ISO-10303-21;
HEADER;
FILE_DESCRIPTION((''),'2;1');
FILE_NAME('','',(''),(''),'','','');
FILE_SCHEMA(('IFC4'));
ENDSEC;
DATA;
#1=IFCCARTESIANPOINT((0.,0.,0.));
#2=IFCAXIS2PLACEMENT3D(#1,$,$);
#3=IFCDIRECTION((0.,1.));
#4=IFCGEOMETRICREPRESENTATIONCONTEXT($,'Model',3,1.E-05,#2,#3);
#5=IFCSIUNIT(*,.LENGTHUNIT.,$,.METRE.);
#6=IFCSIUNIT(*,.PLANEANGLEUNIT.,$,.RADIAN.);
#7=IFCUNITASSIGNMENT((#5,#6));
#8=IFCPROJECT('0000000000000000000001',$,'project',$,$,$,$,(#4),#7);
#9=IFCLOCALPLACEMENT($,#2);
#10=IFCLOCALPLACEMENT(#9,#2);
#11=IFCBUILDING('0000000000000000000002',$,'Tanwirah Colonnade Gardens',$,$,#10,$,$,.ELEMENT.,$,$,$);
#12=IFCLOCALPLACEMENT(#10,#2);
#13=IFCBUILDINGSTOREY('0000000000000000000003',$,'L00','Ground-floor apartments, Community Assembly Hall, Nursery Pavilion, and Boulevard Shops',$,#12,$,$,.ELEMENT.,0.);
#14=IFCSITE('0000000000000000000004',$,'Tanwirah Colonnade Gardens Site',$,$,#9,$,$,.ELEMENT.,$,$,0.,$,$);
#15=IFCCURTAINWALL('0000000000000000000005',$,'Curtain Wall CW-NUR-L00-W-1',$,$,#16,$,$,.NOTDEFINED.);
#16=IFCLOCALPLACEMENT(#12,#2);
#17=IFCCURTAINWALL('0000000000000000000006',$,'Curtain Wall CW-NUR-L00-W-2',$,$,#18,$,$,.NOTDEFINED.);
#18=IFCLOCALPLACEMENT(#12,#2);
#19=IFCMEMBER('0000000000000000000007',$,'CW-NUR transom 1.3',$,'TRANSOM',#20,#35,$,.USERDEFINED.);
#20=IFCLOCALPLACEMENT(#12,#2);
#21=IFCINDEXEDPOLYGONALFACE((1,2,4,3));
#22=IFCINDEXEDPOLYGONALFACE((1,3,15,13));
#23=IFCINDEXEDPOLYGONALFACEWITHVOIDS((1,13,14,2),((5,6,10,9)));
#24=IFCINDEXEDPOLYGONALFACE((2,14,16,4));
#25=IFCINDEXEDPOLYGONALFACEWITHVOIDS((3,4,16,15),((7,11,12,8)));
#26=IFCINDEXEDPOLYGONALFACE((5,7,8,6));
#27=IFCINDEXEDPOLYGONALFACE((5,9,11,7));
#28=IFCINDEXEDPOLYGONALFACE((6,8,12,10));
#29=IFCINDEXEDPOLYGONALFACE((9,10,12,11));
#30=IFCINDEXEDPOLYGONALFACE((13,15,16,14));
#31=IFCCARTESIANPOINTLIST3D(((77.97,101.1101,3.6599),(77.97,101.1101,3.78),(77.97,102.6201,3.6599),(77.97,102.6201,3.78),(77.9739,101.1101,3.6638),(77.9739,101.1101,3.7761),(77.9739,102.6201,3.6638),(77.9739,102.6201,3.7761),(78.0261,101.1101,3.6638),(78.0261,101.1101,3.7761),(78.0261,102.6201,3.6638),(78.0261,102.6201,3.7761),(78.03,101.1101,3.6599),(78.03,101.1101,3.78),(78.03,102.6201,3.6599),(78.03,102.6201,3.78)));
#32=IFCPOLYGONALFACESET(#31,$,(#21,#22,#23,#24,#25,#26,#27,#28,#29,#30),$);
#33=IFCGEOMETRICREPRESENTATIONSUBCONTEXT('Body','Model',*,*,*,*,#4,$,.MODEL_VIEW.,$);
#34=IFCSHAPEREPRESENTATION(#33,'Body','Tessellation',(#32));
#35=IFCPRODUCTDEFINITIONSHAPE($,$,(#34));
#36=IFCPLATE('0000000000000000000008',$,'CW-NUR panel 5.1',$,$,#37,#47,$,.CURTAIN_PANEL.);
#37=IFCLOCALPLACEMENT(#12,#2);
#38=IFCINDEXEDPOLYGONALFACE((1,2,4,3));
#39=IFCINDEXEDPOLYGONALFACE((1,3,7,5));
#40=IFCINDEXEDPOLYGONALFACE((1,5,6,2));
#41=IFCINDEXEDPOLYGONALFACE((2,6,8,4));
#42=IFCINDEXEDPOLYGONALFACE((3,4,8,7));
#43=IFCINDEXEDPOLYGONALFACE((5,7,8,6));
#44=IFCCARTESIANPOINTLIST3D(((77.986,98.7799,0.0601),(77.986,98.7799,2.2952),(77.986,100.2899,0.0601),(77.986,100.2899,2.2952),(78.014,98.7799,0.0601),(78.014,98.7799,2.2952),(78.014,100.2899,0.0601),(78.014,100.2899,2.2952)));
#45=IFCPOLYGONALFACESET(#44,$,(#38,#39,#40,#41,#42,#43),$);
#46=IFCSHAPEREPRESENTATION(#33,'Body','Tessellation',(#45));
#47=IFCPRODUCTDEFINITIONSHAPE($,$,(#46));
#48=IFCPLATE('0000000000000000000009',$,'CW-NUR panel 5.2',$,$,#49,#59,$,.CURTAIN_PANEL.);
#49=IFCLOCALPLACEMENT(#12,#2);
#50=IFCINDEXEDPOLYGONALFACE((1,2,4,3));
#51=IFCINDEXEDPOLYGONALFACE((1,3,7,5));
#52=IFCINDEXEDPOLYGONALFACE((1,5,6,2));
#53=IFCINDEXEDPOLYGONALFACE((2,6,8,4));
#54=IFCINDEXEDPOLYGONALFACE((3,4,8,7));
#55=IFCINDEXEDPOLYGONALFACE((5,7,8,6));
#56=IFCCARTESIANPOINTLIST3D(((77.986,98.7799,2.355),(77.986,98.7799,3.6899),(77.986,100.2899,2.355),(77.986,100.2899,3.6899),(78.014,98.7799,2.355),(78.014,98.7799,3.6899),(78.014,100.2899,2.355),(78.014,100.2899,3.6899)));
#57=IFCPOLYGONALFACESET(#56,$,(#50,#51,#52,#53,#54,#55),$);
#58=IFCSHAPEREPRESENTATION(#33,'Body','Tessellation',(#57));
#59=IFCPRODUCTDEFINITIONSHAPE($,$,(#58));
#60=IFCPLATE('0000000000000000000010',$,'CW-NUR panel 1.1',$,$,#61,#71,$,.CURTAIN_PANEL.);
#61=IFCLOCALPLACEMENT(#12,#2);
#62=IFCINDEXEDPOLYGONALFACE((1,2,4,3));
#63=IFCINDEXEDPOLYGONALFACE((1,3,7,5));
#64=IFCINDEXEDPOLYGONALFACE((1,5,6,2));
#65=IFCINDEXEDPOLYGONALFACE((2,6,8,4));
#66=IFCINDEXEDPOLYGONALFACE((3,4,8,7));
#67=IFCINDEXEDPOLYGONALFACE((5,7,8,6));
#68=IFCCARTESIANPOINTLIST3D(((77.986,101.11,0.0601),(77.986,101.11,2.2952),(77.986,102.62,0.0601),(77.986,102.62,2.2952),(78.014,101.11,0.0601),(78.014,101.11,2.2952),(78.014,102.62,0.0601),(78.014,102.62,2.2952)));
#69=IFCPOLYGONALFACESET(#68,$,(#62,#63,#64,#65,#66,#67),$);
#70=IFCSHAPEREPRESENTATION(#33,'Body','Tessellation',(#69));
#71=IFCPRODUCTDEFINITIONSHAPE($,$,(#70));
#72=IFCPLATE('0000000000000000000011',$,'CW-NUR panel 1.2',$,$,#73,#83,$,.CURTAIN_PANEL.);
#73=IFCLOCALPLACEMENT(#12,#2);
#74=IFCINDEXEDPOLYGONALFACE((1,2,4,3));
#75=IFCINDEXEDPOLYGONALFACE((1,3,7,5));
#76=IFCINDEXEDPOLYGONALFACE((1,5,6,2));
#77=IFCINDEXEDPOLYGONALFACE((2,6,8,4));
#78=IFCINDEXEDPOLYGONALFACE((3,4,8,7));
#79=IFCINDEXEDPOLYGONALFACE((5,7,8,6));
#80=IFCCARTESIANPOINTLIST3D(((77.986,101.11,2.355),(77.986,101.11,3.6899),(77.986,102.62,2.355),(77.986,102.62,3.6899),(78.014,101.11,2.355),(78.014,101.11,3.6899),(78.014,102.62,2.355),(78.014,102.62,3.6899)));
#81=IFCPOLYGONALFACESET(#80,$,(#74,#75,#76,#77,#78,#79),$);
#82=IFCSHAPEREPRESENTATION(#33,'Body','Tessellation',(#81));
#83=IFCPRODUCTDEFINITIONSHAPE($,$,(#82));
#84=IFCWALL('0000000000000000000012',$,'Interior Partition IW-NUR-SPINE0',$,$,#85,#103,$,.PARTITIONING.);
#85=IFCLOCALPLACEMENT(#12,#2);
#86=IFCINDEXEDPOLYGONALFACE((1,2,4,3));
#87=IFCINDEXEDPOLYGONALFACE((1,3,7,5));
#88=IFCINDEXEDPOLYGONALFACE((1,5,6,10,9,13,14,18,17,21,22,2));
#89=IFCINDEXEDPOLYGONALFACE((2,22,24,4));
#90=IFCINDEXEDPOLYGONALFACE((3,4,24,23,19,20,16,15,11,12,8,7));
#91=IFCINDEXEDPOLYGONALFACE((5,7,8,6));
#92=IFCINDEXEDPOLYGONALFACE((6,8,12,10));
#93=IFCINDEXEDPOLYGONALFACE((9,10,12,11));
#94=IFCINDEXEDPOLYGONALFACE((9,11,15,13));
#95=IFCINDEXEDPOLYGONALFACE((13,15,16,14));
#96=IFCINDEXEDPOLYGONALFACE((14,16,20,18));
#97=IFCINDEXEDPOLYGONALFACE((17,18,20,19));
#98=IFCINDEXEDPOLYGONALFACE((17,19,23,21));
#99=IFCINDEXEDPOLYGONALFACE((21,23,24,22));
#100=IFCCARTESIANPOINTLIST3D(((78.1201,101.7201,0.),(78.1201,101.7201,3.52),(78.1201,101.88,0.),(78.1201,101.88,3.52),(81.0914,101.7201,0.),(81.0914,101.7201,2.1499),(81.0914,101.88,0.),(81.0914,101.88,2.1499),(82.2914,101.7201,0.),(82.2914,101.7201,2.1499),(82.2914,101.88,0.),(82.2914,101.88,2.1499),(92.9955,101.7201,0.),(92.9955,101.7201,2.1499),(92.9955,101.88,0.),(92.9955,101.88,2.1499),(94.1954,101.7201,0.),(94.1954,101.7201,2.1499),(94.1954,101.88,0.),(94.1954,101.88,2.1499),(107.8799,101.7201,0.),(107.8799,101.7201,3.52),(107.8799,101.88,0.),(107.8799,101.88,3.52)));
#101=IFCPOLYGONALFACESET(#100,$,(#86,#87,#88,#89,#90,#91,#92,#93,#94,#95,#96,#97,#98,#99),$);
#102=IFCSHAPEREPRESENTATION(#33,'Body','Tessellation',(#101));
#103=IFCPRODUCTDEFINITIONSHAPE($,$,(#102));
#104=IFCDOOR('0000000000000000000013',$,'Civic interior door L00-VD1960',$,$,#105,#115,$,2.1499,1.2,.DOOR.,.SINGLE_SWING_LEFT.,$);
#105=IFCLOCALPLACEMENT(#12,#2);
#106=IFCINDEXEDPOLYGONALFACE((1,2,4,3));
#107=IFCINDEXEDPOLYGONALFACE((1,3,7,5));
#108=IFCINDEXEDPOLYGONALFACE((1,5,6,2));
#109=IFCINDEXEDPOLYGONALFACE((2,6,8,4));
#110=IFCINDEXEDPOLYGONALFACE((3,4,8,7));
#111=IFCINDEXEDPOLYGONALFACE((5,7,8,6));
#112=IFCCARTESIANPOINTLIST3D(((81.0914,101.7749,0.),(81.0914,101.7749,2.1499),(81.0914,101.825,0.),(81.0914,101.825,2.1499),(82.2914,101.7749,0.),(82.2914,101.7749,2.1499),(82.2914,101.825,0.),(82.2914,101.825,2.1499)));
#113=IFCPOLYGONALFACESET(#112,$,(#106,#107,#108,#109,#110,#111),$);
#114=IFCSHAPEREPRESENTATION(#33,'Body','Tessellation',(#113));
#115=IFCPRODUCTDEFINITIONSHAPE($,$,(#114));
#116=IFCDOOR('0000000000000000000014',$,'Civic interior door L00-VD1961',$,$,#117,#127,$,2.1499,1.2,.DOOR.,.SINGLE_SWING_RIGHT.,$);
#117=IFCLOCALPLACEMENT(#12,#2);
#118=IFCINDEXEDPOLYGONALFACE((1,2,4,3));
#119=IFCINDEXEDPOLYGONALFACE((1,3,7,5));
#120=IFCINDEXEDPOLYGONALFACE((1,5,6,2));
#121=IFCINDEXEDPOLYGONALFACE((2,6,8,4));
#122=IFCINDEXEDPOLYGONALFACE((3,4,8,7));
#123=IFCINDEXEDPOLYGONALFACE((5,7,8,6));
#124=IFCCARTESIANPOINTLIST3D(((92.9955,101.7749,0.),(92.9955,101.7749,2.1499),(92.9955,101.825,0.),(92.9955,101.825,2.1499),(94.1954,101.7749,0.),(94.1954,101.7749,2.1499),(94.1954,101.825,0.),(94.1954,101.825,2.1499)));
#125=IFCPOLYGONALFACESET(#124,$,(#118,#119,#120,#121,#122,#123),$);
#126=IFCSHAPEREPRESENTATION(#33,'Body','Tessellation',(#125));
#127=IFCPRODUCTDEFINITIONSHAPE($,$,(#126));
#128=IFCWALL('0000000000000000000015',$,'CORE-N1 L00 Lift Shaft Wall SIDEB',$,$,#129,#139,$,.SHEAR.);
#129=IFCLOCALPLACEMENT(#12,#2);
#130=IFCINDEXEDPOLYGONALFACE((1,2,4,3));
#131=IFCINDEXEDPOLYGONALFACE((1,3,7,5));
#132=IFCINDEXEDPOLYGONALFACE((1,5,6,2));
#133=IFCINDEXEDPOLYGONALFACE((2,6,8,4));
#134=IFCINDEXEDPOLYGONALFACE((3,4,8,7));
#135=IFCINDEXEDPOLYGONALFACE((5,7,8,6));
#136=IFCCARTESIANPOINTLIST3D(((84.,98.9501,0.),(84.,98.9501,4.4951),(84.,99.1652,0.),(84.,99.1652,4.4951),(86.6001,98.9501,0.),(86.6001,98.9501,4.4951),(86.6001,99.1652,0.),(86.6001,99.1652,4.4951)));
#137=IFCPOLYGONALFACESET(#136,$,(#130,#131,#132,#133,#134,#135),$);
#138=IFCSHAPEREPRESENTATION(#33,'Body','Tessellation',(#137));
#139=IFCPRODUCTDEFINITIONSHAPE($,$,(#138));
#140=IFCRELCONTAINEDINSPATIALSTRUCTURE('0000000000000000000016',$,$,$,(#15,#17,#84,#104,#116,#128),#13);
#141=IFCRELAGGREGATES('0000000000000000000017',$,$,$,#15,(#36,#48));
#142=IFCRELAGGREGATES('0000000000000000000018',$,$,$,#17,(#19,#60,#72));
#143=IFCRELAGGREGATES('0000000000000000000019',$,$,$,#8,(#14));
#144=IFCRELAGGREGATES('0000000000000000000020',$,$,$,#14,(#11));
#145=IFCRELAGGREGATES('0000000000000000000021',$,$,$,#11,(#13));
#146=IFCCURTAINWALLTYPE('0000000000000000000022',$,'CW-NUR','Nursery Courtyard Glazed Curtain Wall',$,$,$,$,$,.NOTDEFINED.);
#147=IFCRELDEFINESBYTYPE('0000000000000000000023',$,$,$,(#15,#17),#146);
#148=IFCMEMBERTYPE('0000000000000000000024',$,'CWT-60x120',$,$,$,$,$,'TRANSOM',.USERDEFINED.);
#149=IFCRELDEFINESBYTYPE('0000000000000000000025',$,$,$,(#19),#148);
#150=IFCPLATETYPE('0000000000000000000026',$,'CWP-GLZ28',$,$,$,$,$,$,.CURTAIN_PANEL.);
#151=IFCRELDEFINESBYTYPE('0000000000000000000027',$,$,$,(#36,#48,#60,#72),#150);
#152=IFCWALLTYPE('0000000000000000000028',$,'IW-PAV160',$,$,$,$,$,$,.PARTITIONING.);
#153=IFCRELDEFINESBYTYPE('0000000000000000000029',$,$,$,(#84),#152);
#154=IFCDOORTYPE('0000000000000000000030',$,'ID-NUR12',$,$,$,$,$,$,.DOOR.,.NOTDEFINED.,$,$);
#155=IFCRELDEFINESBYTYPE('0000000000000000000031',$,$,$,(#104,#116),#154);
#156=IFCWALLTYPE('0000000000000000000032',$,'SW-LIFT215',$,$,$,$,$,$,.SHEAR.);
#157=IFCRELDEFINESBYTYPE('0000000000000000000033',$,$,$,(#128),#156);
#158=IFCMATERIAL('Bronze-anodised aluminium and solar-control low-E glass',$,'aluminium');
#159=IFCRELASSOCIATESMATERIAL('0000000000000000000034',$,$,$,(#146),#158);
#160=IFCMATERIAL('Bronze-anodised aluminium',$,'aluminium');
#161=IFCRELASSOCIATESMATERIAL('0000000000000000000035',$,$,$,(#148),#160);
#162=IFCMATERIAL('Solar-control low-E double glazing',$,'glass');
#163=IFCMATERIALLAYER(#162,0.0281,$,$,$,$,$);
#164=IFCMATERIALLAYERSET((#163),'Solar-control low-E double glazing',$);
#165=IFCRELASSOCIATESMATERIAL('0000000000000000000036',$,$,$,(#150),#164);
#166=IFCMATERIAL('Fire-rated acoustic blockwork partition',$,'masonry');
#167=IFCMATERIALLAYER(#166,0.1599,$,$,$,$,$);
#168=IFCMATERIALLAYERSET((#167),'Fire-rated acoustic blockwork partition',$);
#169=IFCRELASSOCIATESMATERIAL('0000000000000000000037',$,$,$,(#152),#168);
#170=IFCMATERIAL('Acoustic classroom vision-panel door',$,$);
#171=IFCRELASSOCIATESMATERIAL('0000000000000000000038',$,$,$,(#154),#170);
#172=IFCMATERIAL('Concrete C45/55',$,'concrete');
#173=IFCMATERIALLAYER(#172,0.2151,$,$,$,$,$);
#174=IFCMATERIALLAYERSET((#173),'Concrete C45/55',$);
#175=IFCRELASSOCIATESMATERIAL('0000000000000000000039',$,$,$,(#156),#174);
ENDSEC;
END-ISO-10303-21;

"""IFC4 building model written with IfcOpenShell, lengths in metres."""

from ifc_helpers import new_model, si_unit, direction, frame, frame_2d, origin, origin_2d, place, context, subcontext, project, spatial, rectangle, hollow_rectangle, extrude, material, layer, layer_set, material_profile, profile_set, type_object, element, fill, aggregate, save


model = new_model("IFC4")

# Units and contexts
model_context = context("Model", 3, precision=1e-05, world=origin(), true_north=direction((0.0, 1.0)))
body_context = subcontext(model_context, "Body", "Model", "MODEL_VIEW")
ifc_project = project(units=[si_unit("LENGTHUNIT", "METRE"), si_unit("PLANEANGLEUNIT", "RADIAN")], contexts=[model_context])

# Site, building, storey
site_placement = place(None, origin())
site = spatial("IfcSite", under=ifc_project, at=site_placement, Name="Tanwirah Colonnade Gardens Site", CompositionType="ELEMENT", RefElevation=0.0)
building_placement = place(site_placement, origin())
building = spatial("IfcBuilding", under=site, at=building_placement, Name="Tanwirah Colonnade Gardens", CompositionType="ELEMENT")
storey_placement = place(building_placement, origin())
storey = spatial("IfcBuildingStorey", under=building, at=storey_placement, Name="L00", Description="Ground-floor apartments, Community Assembly Hall, Nursery Pavilion, and Boulevard Shops", CompositionType="ELEMENT", Elevation=0.0)

# Curtain wall
ifc_material_1 = material(Name="Bronze-anodised aluminium and solar-control low-E glass", Category="aluminium")
curtain_wall_type = type_object("IfcCurtainWallType", Name="CW-NUR", Description="Nursery Courtyard Glazed Curtain Wall", PredefinedType="NOTDEFINED", material=ifc_material_1)
curtain_wall_1_placement = place(storey_placement, origin())
curtain_wall_1 = element("IfcCurtainWall", 1, at=curtain_wall_1_placement, inside=storey, type_object=curtain_wall_type, Name="Curtain Wall CW-NUR-L00-W-1", PredefinedType="NOTDEFINED")
ifc_material_2 = material(Name="Bronze-anodised aluminium", Category="aluminium")

# Curtain wall
curtain_wall_2_placement = place(storey_placement, origin())
curtain_wall_2 = element("IfcCurtainWall", 2, at=curtain_wall_2_placement, inside=storey, type_object=curtain_wall_type, Name="Curtain Wall CW-NUR-L00-W-2", PredefinedType="NOTDEFINED")

# Member
ifc_material_profile_1 = material_profile(ifc_material_2, hollow_rectangle(XDim=0.0601, YDim=0.1201, WallThickness=0.0039, at=origin_2d()), Name="CW-TRN 60x120x4")
ifc_profile_set_1 = profile_set([ifc_material_profile_1], Name="Bronze-anodised aluminium")
member_type_1 = type_object("IfcMemberType", Name="CWT-60x120", ElementType="TRANSOM", PredefinedType="USERDEFINED", material=ifc_profile_set_1)
member_1_placement = place(storey_placement, frame((78.0, 101.1101, 3.72), z_axis=(0.0, 1.0, 0.0), x_axis=(-1.0, 0.0, 0.0)))
member_1 = element("IfcMember", 3, at=member_1_placement, type_object=member_type_1, Name="CW-NUR transom 1.3", ObjectType="TRANSOM", PredefinedType="USERDEFINED", context=body_context, shape_type="SweptSolid", body=[
    extrude(hollow_rectangle(XDim=0.0601, YDim=0.1201, WallThickness=0.0039, at=origin_2d()), origin(), (0.0, 0.0, 1.0), 1.51),
])

# Plates
ifc_material_3 = material(Name="Solar-control low-E double glazing", Category="glass")
ifc_layer_1 = layer(ifc_material_3, 0.0281)
ifc_layer_set_1 = layer_set([ifc_layer_1], Name="Solar-control low-E double glazing")
plate_type = type_object("IfcPlateType", Name="CWP-GLZ28", PredefinedType="CURTAIN_PANEL", material=ifc_layer_set_1)
plate_1_placement = place(storey_placement, frame((78.0, 99.5349, 0.0601), z_axis=(0.0, 0.0, 1.0), x_axis=(0.0, 1.0, 0.0)))
plate_1 = element("IfcPlate", 4, at=plate_1_placement, type_object=plate_type, Name="CW-NUR panel 5.1", PredefinedType="CURTAIN_PANEL", context=body_context, shape_type="SweptSolid", body=[
    extrude(rectangle(XDim=1.51, YDim=0.0281, at=origin_2d()), origin(), (0.0, 0.0, 1.0), 2.2351),
])
plate_2_placement = place(storey_placement, frame((78.0, 99.5349, 2.355), z_axis=(0.0, 0.0, 1.0), x_axis=(0.0, 1.0, 0.0)))
plate_2 = element("IfcPlate", 5, at=plate_2_placement, type_object=plate_type, Name="CW-NUR panel 5.2", PredefinedType="CURTAIN_PANEL", context=body_context, shape_type="SweptSolid", body=[
    extrude(rectangle(XDim=1.51, YDim=0.0281, at=origin_2d()), origin(), (0.0, 0.0, 1.0), 1.335),
])
aggregate(curtain_wall_1, [plate_1, plate_2])
plate_3_placement = place(storey_placement, frame((78.0, 101.865, 0.0601), z_axis=(0.0, 0.0, 1.0), x_axis=(0.0, 1.0, 0.0)))
plate_3 = element("IfcPlate", 6, at=plate_3_placement, type_object=plate_type, Name="CW-NUR panel 1.1", PredefinedType="CURTAIN_PANEL", context=body_context, shape_type="SweptSolid", body=[
    extrude(rectangle(XDim=1.51, YDim=0.0281, at=origin_2d()), origin(), (0.0, 0.0, 1.0), 2.2351),
])
plate_4_placement = place(storey_placement, frame((78.0, 101.865, 2.355), z_axis=(0.0, 0.0, 1.0), x_axis=(0.0, 1.0, 0.0)))
plate_4 = element("IfcPlate", 7, at=plate_4_placement, type_object=plate_type, Name="CW-NUR panel 1.2", PredefinedType="CURTAIN_PANEL", context=body_context, shape_type="SweptSolid", body=[
    extrude(rectangle(XDim=1.51, YDim=0.0281, at=origin_2d()), origin(), (0.0, 0.0, 1.0), 1.335),
])
aggregate(curtain_wall_2, [member_1, plate_3, plate_4])

# Wall, openings, doors
ifc_material_4 = material(Name="Fire-rated acoustic blockwork partition", Category="masonry")
ifc_layer_2 = layer(ifc_material_4, 0.1599)
ifc_layer_set_2 = layer_set([ifc_layer_2], Name="Fire-rated acoustic blockwork partition")
wall_type_1 = type_object("IfcWallType", Name="IW-PAV160", PredefinedType="PARTITIONING", material=ifc_layer_set_2)
wall_1_placement = place(storey_placement, frame((78.1201, 101.8, 0.0), z_axis=(0.0, 0.0, 1.0), x_axis=(1.0, 0.0, 0.0)))
wall_1 = element("IfcWall", 8, at=wall_1_placement, inside=storey, type_object=wall_type_1, Name="Interior Partition IW-NUR-SPINE0", PredefinedType="PARTITIONING", context=body_context, shape_type="SweptSolid", body=[
    extrude(rectangle(XDim=29.7598, YDim=0.1599, at=frame_2d((14.8799, 0.0))), origin(), (0.0, 0.0, 1.0), 3.52),
])
opening_1_placement = place(wall_1_placement, frame((2.9712, 0.0, 0.0)))
opening_1 = element("IfcOpeningElement", 9, at=opening_1_placement, cuts=wall_1, PredefinedType="OPENING", context=body_context, shape_type="SweptSolid", body=[
    extrude(rectangle(XDim=1.2, YDim=2.1499, at=frame_2d((0.6001, 1.075))), frame((0.0, 0.0898, 0.0), z_axis=(0.0, -1.0, 0.0), x_axis=(1.0, 0.0, 0.0)), (0.0, 0.0, 1.0), 0.1799),
])
opening_2_placement = place(wall_1_placement, frame((14.8752, 0.0, 0.0)))
opening_2 = element("IfcOpeningElement", 10, at=opening_2_placement, cuts=wall_1, PredefinedType="OPENING", context=body_context, shape_type="SweptSolid", body=[
    extrude(rectangle(XDim=1.2, YDim=2.1499, at=frame_2d((0.6001, 1.075))), frame((0.0, 0.0898, 0.0), z_axis=(0.0, -1.0, 0.0), x_axis=(1.0, 0.0, 0.0)), (0.0, 0.0, 1.0), 0.1799),
])
ifc_material_5 = material(Name="Acoustic classroom vision-panel door")
door_type = type_object("IfcDoorType", Name="ID-NUR12", OperationType="NOTDEFINED", PredefinedType="DOOR", material=ifc_material_5)
door_1_placement = place(opening_1_placement, origin())
door_1 = element("IfcDoor", 11, at=door_1_placement, inside=storey, type_object=door_type, Name="Civic interior door L00-VD1960", OperationType="SINGLE_SWING_LEFT", OverallHeight=2.1499, OverallWidth=1.2, PredefinedType="DOOR", context=body_context, shape_type="SweptSolid", body=[
    extrude(rectangle(XDim=1.2, YDim=2.1499, at=frame_2d((0.6001, 1.075))), frame((0.0, 0.0249, 0.0), z_axis=(0.0, -1.0, 0.0), x_axis=(1.0, 0.0, 0.0)), (0.0, 0.0, 1.0), 0.05),
])
fill(opening_1, door_1)
door_2_placement = place(opening_2_placement, origin())
door_2 = element("IfcDoor", 12, at=door_2_placement, inside=storey, type_object=door_type, Name="Civic interior door L00-VD1961", OperationType="SINGLE_SWING_RIGHT", OverallHeight=2.1499, OverallWidth=1.2, PredefinedType="DOOR", context=body_context, shape_type="SweptSolid", body=[
    extrude(rectangle(XDim=1.2, YDim=2.1499, at=frame_2d((0.6001, 1.075))), frame((0.0, 0.0249, 0.0), z_axis=(0.0, -1.0, 0.0), x_axis=(1.0, 0.0, 0.0)), (0.0, 0.0, 1.0), 0.05),
])
fill(opening_2, door_2)

# Wall
ifc_material_6 = material(Name="Concrete C45/55", Category="concrete")
ifc_layer_3 = layer(ifc_material_6, 0.2151)
ifc_layer_set_3 = layer_set([ifc_layer_3], Name="Concrete C45/55")
wall_type_2 = type_object("IfcWallType", Name="SW-LIFT215", PredefinedType="SHEAR", material=ifc_layer_set_3)
wall_2_placement = place(storey_placement, frame((84.0, 99.0576, 0.0), z_axis=(0.0, 0.0, 1.0), x_axis=(1.0, 0.0, 0.0)))
element("IfcWall", 13, at=wall_2_placement, inside=storey, type_object=wall_type_2, Name="CORE-N1 L00 Lift Shaft Wall SIDEB", PredefinedType="SHEAR", context=body_context, shape_type="SweptSolid", body=[
    extrude(rectangle(XDim=2.6001, YDim=0.2151, at=frame_2d((1.3, 0.0))), origin(), (0.0, 0.0, 1.0), 4.4951),
])

save(model, "model.ifc")
